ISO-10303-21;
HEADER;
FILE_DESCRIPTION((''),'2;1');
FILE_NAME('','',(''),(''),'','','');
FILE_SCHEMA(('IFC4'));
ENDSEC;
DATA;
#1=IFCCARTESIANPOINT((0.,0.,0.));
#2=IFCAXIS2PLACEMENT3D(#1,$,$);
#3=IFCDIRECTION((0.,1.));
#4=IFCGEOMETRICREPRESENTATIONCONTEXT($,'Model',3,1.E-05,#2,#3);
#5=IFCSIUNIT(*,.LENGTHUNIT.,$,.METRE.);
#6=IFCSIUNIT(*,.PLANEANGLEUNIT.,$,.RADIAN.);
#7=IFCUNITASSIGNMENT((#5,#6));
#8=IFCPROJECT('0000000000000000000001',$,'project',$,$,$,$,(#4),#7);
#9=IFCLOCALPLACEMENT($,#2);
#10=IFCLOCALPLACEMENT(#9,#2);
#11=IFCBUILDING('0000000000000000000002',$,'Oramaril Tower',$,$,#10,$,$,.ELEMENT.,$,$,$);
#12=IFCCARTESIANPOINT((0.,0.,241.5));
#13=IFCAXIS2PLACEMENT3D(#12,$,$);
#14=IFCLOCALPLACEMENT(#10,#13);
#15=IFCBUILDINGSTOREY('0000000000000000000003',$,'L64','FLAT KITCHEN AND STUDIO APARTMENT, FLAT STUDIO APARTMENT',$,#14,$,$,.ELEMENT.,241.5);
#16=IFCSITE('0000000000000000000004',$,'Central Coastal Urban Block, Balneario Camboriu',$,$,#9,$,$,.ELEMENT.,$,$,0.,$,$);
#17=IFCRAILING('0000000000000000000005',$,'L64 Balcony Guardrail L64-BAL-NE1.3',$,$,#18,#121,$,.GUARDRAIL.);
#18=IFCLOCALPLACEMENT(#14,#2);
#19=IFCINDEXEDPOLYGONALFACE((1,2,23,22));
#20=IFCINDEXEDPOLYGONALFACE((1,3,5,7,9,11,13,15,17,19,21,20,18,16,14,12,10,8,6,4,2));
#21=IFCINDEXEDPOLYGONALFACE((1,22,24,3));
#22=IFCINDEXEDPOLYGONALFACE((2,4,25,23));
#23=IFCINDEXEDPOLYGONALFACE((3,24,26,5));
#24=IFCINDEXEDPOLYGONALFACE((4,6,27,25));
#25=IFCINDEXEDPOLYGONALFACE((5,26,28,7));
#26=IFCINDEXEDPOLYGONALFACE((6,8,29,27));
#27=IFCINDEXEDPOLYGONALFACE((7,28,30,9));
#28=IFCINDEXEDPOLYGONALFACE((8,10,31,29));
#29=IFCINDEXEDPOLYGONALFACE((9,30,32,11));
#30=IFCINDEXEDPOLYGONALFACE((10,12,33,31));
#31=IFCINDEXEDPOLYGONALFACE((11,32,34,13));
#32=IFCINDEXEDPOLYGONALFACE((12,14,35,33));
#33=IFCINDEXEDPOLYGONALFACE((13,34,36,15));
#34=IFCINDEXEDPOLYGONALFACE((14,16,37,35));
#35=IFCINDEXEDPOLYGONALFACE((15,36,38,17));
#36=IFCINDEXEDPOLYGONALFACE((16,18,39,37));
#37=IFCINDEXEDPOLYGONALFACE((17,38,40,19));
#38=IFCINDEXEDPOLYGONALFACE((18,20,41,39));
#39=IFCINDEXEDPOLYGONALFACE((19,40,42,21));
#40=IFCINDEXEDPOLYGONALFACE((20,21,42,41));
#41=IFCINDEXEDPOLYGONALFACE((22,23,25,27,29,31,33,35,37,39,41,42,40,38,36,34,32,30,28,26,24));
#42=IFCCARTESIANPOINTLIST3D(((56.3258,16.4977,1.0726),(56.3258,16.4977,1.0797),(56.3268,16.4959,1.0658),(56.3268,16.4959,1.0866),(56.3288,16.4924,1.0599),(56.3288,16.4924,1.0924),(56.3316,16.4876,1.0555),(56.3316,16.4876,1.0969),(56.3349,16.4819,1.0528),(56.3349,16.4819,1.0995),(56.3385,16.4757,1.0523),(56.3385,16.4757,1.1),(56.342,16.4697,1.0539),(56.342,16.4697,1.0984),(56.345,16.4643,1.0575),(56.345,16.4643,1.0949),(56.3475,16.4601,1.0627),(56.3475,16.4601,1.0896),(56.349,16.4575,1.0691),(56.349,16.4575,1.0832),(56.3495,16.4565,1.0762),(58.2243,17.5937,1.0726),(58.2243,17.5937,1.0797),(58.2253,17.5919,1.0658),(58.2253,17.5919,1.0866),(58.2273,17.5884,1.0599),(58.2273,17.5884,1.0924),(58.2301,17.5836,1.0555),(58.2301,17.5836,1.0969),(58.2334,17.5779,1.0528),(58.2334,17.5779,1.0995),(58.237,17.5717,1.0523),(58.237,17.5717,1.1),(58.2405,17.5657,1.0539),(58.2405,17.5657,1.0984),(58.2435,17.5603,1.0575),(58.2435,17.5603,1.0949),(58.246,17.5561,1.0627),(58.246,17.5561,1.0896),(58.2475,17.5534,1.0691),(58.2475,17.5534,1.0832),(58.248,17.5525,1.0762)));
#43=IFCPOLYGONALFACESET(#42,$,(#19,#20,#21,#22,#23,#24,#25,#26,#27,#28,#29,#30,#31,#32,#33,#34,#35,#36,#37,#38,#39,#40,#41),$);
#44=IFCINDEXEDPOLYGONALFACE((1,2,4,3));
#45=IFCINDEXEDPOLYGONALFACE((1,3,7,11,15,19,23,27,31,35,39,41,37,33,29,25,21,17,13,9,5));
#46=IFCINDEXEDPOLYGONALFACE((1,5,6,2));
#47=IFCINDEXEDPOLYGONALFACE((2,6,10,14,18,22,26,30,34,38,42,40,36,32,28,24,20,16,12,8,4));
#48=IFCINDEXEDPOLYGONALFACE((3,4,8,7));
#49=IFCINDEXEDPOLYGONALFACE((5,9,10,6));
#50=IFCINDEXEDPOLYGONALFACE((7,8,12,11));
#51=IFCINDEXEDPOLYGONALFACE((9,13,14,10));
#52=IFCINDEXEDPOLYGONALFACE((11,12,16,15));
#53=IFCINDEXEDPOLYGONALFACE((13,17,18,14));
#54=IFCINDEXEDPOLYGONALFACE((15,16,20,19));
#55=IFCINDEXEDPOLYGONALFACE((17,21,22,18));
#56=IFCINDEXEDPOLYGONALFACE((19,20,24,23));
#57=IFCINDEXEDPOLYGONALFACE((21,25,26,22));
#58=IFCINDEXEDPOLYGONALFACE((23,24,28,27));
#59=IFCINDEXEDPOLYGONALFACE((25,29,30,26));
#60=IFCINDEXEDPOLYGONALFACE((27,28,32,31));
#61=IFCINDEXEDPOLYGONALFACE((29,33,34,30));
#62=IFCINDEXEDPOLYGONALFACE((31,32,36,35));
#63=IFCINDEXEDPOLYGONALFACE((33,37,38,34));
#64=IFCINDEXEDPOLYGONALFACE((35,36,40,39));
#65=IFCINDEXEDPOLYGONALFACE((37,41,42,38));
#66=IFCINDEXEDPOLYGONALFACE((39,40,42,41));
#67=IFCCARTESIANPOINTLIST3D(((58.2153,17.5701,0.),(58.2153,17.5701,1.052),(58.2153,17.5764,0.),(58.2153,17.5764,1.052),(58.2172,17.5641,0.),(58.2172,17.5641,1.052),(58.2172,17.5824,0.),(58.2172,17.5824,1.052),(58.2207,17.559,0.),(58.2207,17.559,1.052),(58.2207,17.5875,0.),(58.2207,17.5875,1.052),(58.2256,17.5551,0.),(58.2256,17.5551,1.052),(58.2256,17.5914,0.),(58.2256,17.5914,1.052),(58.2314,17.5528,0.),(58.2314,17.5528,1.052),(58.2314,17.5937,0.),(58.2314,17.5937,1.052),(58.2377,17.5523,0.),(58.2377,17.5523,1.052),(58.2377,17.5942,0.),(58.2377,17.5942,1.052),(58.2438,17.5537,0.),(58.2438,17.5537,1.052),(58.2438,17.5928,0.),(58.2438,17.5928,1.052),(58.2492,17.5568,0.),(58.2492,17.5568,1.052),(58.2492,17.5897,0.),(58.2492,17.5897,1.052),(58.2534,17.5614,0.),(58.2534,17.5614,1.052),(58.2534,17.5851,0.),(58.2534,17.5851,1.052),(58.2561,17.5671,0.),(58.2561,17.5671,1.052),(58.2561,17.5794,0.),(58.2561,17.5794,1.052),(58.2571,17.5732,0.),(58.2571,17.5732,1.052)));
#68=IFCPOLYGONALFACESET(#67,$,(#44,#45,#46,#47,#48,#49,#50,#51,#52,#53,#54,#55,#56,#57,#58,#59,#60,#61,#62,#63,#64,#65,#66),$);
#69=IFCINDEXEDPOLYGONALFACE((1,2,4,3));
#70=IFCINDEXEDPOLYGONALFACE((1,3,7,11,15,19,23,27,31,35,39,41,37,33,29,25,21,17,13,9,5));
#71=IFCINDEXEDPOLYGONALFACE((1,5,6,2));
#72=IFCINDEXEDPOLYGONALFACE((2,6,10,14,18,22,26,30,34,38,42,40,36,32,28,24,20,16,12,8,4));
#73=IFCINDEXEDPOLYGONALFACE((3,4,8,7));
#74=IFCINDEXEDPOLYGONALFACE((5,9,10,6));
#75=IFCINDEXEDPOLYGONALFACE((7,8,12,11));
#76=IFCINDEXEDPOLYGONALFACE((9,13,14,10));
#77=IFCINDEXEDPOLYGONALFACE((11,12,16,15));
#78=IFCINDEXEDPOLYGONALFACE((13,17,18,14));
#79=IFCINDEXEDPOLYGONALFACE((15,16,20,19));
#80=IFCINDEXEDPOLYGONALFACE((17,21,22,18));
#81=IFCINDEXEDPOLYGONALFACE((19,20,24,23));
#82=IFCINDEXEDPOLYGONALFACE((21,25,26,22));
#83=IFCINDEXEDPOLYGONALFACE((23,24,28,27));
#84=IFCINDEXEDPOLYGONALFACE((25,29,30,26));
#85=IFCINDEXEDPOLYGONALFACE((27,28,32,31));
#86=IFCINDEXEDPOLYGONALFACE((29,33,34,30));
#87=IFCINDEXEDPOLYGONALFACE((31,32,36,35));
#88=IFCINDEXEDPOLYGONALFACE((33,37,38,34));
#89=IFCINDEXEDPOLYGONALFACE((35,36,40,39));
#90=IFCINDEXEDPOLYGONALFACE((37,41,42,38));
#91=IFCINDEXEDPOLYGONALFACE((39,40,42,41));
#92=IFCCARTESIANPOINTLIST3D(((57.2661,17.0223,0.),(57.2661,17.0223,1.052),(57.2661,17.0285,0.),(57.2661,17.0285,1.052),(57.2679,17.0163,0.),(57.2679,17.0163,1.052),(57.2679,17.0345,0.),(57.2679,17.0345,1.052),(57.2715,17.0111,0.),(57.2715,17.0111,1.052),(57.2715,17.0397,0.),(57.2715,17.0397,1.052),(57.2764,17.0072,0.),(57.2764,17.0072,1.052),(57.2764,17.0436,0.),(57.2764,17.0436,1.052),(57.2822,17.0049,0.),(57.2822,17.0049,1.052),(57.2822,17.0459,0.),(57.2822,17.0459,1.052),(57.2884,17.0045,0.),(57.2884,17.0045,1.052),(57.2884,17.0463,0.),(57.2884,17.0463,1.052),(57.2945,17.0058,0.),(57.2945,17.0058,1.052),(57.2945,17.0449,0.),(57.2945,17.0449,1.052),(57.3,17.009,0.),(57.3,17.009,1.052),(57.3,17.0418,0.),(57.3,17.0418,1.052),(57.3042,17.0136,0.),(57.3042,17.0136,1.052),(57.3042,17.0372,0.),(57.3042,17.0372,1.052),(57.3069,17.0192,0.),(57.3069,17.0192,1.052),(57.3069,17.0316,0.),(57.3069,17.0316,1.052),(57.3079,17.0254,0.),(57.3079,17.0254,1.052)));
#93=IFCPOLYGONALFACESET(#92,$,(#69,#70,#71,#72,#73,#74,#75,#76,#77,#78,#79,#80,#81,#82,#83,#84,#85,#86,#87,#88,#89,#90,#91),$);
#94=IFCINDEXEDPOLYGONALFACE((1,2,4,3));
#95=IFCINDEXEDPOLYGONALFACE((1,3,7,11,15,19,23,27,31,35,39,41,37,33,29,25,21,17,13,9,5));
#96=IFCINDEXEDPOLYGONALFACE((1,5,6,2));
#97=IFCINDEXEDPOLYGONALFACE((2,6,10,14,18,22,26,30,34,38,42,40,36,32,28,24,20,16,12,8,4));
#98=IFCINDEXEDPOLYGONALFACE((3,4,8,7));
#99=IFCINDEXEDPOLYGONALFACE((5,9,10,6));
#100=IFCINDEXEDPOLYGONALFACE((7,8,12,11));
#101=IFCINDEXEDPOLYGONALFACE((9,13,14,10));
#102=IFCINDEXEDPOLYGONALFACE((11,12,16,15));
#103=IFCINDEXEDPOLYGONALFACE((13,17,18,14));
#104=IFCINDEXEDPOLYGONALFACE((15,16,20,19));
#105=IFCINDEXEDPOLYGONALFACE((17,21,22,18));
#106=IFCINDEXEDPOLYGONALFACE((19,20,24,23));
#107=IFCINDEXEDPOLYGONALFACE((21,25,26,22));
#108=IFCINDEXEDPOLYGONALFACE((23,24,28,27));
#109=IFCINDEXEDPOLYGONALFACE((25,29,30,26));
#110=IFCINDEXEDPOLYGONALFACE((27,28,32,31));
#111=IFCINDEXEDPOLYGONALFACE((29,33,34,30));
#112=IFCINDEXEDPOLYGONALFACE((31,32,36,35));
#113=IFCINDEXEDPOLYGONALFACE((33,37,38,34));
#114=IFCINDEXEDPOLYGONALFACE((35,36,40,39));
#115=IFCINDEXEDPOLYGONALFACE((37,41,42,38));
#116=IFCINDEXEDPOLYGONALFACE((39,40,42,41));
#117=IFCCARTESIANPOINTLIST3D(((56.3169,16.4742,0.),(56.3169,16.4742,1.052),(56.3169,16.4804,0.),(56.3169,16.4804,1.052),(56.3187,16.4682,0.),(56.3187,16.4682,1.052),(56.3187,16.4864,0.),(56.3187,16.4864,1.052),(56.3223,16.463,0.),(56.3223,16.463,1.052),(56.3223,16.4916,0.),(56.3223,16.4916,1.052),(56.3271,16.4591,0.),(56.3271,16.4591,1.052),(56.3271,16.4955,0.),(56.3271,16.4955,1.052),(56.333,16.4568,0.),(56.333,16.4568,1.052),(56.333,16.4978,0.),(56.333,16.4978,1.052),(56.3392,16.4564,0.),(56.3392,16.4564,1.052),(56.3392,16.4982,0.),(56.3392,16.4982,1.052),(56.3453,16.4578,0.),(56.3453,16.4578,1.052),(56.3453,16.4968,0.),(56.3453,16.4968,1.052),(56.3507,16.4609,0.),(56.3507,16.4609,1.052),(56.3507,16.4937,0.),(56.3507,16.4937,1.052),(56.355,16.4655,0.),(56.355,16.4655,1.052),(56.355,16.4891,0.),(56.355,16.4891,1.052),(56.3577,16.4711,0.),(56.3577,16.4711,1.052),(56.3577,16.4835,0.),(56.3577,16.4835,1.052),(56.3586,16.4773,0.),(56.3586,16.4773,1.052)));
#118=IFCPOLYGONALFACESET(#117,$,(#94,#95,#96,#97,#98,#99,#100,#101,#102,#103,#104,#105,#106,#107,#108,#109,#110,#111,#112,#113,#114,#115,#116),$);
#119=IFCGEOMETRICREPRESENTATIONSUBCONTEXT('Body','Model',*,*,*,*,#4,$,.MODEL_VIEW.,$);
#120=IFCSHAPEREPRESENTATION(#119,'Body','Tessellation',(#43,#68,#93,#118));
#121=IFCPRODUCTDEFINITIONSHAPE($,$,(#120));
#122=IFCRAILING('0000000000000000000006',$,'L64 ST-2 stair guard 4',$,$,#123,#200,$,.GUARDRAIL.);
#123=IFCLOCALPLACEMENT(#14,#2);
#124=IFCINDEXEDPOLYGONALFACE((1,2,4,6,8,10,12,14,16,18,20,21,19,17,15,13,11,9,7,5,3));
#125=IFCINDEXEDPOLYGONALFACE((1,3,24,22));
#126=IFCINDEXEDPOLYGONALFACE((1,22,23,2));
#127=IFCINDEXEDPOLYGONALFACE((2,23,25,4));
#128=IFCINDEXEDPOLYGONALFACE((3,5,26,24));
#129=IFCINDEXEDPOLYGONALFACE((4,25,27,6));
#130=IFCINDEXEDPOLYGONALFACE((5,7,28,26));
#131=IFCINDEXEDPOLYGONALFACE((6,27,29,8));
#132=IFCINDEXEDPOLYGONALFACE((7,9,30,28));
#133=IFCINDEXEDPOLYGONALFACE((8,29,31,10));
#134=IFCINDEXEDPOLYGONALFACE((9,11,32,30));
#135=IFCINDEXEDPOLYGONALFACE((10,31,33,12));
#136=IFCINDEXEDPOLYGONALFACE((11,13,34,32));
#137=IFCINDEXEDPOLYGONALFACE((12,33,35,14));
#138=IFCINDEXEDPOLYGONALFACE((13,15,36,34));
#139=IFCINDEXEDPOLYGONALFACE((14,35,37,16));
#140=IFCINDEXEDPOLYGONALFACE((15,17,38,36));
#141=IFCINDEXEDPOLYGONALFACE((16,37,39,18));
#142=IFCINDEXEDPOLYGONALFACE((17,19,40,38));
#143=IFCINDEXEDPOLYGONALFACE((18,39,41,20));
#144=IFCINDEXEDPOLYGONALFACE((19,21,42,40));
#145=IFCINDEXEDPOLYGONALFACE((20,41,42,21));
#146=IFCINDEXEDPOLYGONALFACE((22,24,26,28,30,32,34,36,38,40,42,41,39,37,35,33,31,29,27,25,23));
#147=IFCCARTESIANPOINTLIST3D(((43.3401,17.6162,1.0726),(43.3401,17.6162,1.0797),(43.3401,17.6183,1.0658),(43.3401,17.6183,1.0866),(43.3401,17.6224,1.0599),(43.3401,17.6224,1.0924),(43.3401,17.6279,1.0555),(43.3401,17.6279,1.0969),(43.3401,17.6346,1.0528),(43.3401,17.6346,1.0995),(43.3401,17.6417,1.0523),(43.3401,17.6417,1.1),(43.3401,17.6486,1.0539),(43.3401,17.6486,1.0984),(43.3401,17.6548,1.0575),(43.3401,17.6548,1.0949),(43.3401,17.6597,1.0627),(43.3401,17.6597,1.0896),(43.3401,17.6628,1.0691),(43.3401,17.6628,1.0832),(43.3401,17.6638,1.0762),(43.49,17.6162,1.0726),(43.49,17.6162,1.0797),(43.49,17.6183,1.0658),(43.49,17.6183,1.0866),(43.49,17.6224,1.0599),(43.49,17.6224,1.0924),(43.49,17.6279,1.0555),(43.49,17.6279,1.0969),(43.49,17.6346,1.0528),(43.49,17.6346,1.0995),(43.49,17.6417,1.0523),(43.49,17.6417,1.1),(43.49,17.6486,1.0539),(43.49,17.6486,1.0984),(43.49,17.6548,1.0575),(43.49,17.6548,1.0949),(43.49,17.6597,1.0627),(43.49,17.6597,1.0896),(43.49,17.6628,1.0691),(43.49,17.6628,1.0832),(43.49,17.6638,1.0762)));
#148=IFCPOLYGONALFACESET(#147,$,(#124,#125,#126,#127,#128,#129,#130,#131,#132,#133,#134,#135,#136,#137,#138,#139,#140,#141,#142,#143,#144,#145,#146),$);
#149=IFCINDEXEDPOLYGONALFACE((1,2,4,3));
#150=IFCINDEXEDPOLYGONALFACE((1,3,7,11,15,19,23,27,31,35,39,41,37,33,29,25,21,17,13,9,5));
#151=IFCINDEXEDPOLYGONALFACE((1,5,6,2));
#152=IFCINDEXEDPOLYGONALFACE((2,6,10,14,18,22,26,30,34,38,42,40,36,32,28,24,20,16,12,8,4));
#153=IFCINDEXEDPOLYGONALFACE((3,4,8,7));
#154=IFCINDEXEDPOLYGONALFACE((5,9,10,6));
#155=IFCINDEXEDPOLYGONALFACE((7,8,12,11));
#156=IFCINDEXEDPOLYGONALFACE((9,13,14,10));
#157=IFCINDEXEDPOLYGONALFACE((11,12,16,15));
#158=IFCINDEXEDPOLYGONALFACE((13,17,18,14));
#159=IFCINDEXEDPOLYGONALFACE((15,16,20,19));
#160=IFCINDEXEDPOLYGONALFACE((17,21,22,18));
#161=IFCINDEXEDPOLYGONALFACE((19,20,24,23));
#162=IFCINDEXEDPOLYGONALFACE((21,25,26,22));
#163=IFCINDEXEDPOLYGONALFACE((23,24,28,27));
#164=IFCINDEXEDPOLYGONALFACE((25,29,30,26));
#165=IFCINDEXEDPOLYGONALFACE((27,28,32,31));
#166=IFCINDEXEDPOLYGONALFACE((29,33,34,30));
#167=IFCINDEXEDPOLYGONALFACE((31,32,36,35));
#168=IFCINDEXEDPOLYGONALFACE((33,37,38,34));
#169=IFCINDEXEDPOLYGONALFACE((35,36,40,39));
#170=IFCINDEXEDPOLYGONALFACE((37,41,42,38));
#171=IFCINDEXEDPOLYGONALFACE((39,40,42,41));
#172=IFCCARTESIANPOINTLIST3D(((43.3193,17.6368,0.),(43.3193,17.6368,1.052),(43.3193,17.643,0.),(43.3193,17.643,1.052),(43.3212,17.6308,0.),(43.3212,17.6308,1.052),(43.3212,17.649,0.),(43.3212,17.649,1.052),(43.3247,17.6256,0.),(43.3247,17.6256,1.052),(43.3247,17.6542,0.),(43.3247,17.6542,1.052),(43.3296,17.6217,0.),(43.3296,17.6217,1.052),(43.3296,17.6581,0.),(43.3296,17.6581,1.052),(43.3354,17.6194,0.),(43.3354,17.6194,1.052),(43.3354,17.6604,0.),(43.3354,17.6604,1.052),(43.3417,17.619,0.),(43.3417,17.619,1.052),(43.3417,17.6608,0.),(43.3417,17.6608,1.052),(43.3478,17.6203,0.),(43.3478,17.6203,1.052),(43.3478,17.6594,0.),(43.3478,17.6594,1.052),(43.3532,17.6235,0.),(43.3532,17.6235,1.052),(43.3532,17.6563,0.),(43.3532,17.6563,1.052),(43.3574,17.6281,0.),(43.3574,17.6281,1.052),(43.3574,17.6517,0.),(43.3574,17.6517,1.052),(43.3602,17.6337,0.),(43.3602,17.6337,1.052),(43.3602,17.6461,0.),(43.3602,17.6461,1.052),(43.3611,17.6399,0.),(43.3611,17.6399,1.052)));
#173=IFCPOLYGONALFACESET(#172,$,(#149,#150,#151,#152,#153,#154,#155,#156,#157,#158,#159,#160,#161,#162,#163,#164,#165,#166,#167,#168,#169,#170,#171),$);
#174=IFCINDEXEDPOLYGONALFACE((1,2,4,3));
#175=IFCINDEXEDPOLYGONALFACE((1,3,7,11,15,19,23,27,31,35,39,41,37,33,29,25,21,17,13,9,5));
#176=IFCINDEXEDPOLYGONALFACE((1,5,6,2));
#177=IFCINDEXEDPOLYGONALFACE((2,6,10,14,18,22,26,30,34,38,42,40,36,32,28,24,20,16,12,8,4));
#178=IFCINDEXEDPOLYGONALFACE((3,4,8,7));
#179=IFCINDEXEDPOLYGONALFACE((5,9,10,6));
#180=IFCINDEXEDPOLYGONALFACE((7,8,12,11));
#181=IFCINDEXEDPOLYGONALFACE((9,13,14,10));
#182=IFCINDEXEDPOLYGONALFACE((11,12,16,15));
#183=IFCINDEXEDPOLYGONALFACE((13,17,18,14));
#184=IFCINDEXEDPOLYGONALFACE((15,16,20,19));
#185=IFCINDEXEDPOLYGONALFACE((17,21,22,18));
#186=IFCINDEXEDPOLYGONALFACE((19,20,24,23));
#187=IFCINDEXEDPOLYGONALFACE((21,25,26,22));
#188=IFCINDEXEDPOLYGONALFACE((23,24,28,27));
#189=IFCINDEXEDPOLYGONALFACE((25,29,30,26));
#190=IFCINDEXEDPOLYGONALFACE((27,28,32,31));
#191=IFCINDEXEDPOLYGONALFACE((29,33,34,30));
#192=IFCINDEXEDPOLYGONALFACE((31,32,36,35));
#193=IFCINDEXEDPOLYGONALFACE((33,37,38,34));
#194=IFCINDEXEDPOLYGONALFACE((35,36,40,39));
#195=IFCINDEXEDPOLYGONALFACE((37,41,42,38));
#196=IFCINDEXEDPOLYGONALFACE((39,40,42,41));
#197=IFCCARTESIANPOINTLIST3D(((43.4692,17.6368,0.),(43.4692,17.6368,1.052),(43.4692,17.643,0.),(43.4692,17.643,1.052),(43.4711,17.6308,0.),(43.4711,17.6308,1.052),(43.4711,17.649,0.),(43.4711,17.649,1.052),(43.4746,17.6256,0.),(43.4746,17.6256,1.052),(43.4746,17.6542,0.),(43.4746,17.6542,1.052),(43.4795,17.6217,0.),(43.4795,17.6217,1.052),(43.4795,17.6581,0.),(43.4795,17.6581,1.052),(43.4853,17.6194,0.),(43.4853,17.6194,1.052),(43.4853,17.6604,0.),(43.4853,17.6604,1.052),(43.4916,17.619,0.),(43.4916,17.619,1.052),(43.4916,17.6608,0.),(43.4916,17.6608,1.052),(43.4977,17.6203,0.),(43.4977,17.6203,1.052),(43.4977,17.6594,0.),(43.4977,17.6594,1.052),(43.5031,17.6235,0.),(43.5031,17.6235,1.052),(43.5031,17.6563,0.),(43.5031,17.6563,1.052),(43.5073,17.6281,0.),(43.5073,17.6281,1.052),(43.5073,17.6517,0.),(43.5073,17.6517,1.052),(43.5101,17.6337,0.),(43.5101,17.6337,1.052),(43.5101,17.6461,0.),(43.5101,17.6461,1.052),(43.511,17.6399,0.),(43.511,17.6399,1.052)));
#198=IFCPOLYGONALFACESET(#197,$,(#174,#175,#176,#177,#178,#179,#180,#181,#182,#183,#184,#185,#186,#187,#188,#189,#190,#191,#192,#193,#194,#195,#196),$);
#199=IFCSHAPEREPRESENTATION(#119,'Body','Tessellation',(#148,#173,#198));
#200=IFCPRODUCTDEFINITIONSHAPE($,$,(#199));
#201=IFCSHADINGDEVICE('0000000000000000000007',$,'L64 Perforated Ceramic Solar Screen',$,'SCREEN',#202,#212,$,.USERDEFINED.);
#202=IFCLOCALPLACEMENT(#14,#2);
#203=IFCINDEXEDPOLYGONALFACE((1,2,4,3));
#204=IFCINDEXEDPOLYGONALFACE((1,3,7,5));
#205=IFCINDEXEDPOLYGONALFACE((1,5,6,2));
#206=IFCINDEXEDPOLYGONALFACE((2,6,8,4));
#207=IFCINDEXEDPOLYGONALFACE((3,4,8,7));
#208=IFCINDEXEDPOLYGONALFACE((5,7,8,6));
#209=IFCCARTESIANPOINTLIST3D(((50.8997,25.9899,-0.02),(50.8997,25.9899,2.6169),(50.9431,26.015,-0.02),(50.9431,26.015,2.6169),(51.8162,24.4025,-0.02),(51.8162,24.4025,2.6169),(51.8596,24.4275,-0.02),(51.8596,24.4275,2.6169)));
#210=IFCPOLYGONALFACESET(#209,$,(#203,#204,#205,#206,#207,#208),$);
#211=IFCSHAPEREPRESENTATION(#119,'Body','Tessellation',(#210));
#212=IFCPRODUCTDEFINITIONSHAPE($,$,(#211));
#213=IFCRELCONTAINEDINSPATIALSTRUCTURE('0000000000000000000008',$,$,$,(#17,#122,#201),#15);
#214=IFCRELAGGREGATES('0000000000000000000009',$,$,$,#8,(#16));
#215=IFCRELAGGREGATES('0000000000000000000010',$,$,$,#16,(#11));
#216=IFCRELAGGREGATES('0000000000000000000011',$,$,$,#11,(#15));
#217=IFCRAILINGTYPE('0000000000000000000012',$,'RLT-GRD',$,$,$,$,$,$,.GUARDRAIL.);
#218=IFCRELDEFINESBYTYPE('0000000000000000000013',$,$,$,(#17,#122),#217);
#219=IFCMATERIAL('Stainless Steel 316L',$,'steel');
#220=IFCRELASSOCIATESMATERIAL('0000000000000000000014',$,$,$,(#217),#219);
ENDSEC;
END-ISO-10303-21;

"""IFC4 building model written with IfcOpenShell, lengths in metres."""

from ifc_helpers import new_model, si_unit, direction, frame, origin, origin_2d, place, context, subcontext, project, spatial, rectangle, circle, extrude, material, type_object, element, save


model = new_model("IFC4")

# Units and contexts
model_context = context("Model", 3, precision=1e-05, world=origin(), true_north=direction((0.0, 1.0)))
body_context = subcontext(model_context, "Body", "Model", "MODEL_VIEW")
ifc_project = project(units=[si_unit("LENGTHUNIT", "METRE"), si_unit("PLANEANGLEUNIT", "RADIAN")], contexts=[model_context])

# Site, building, storey
site_placement = place(None, origin())
site = spatial("IfcSite", under=ifc_project, at=site_placement, Name="Central Coastal Urban Block, Balneario Camboriu", CompositionType="ELEMENT", RefElevation=0.0)
building_placement = place(site_placement, origin())
building = spatial("IfcBuilding", under=site, at=building_placement, Name="Oramaril Tower", CompositionType="ELEMENT")
storey_placement = place(building_placement, frame((0.0, 0.0, 241.5)))
storey = spatial("IfcBuildingStorey", under=building, at=storey_placement, Name="L64", Description="FLAT KITCHEN AND STUDIO APARTMENT, FLAT STUDIO APARTMENT", CompositionType="ELEMENT", Elevation=241.5)

# Railings
ifc_material_1 = material(Name="Stainless Steel 316L", Category="steel")
railing_type = type_object("IfcRailingType", Name="RLT-GRD", PredefinedType="GUARDRAIL", material=ifc_material_1)
railing_1_placement = place(storey_placement, frame((58.2361, 17.5732, 0.0)))
element("IfcRailing", 1, at=railing_1_placement, inside=storey, type_object=railing_type, Name="L64 Balcony Guardrail L64-BAL-NE1.3", PredefinedType="GUARDRAIL", context=body_context, shape_type="SweptSolid", body=[
    extrude(circle(Radius=0.0239, at=origin_2d()), frame((0.0, 0.0, 1.0762), z_axis=(-0.866048, -0.49996, 0.0), x_axis=(0.49996, -0.866048, 0.0)), (0.0, 0.0, 1.0), 2.1921),
    extrude(circle(Radius=0.021, at=origin_2d()), origin(), (0.0, 0.0, 1.0), 1.052),
    extrude(circle(Radius=0.021, at=origin_2d()), frame((-0.9492, -0.5479, 0.0)), (0.0, 0.0, 1.0), 1.052),
    extrude(circle(Radius=0.021, at=origin_2d()), frame((-1.8984, -1.0959, 0.0)), (0.0, 0.0, 1.0), 1.052),
])
railing_2_placement = place(storey_placement, frame((43.3401, 17.6399, 0.0)))
element("IfcRailing", 2, at=railing_2_placement, inside=storey, type_object=railing_type, Name="L64 ST-2 stair guard 4", PredefinedType="GUARDRAIL", context=body_context, shape_type="SweptSolid", body=[
    extrude(circle(Radius=0.0239, at=origin_2d()), frame((0.0, 0.0, 1.0762), z_axis=(1.0, 0.0, 0.0), x_axis=(0.0, 1.0, 0.0)), (0.0, 0.0, 1.0), 0.1499),
    extrude(circle(Radius=0.021, at=origin_2d()), origin(), (0.0, 0.0, 1.0), 1.052),
    extrude(circle(Radius=0.021, at=origin_2d()), frame((0.1499, 0.0, 0.0)), (0.0, 0.0, 1.0), 1.052),
])

# Shading device
shading_device_placement = place(storey_placement, frame((51.3796, 25.2087, -0.02), z_axis=(0.0, 0.0, 1.0), x_axis=(-0.499998, 0.866026, 0.0)))
element("IfcShadingDevice", 3, at=shading_device_placement, inside=storey, Name="L64 Perforated Ceramic Solar Screen", ObjectType="SCREEN", PredefinedType="USERDEFINED", context=body_context, shape_type="SweptSolid", body=[
    extrude(rectangle(XDim=1.833, YDim=0.05, at=origin_2d()), origin(), (0.0, 0.0, 1.0), 2.637),
])

save(model, "model.ifc")
